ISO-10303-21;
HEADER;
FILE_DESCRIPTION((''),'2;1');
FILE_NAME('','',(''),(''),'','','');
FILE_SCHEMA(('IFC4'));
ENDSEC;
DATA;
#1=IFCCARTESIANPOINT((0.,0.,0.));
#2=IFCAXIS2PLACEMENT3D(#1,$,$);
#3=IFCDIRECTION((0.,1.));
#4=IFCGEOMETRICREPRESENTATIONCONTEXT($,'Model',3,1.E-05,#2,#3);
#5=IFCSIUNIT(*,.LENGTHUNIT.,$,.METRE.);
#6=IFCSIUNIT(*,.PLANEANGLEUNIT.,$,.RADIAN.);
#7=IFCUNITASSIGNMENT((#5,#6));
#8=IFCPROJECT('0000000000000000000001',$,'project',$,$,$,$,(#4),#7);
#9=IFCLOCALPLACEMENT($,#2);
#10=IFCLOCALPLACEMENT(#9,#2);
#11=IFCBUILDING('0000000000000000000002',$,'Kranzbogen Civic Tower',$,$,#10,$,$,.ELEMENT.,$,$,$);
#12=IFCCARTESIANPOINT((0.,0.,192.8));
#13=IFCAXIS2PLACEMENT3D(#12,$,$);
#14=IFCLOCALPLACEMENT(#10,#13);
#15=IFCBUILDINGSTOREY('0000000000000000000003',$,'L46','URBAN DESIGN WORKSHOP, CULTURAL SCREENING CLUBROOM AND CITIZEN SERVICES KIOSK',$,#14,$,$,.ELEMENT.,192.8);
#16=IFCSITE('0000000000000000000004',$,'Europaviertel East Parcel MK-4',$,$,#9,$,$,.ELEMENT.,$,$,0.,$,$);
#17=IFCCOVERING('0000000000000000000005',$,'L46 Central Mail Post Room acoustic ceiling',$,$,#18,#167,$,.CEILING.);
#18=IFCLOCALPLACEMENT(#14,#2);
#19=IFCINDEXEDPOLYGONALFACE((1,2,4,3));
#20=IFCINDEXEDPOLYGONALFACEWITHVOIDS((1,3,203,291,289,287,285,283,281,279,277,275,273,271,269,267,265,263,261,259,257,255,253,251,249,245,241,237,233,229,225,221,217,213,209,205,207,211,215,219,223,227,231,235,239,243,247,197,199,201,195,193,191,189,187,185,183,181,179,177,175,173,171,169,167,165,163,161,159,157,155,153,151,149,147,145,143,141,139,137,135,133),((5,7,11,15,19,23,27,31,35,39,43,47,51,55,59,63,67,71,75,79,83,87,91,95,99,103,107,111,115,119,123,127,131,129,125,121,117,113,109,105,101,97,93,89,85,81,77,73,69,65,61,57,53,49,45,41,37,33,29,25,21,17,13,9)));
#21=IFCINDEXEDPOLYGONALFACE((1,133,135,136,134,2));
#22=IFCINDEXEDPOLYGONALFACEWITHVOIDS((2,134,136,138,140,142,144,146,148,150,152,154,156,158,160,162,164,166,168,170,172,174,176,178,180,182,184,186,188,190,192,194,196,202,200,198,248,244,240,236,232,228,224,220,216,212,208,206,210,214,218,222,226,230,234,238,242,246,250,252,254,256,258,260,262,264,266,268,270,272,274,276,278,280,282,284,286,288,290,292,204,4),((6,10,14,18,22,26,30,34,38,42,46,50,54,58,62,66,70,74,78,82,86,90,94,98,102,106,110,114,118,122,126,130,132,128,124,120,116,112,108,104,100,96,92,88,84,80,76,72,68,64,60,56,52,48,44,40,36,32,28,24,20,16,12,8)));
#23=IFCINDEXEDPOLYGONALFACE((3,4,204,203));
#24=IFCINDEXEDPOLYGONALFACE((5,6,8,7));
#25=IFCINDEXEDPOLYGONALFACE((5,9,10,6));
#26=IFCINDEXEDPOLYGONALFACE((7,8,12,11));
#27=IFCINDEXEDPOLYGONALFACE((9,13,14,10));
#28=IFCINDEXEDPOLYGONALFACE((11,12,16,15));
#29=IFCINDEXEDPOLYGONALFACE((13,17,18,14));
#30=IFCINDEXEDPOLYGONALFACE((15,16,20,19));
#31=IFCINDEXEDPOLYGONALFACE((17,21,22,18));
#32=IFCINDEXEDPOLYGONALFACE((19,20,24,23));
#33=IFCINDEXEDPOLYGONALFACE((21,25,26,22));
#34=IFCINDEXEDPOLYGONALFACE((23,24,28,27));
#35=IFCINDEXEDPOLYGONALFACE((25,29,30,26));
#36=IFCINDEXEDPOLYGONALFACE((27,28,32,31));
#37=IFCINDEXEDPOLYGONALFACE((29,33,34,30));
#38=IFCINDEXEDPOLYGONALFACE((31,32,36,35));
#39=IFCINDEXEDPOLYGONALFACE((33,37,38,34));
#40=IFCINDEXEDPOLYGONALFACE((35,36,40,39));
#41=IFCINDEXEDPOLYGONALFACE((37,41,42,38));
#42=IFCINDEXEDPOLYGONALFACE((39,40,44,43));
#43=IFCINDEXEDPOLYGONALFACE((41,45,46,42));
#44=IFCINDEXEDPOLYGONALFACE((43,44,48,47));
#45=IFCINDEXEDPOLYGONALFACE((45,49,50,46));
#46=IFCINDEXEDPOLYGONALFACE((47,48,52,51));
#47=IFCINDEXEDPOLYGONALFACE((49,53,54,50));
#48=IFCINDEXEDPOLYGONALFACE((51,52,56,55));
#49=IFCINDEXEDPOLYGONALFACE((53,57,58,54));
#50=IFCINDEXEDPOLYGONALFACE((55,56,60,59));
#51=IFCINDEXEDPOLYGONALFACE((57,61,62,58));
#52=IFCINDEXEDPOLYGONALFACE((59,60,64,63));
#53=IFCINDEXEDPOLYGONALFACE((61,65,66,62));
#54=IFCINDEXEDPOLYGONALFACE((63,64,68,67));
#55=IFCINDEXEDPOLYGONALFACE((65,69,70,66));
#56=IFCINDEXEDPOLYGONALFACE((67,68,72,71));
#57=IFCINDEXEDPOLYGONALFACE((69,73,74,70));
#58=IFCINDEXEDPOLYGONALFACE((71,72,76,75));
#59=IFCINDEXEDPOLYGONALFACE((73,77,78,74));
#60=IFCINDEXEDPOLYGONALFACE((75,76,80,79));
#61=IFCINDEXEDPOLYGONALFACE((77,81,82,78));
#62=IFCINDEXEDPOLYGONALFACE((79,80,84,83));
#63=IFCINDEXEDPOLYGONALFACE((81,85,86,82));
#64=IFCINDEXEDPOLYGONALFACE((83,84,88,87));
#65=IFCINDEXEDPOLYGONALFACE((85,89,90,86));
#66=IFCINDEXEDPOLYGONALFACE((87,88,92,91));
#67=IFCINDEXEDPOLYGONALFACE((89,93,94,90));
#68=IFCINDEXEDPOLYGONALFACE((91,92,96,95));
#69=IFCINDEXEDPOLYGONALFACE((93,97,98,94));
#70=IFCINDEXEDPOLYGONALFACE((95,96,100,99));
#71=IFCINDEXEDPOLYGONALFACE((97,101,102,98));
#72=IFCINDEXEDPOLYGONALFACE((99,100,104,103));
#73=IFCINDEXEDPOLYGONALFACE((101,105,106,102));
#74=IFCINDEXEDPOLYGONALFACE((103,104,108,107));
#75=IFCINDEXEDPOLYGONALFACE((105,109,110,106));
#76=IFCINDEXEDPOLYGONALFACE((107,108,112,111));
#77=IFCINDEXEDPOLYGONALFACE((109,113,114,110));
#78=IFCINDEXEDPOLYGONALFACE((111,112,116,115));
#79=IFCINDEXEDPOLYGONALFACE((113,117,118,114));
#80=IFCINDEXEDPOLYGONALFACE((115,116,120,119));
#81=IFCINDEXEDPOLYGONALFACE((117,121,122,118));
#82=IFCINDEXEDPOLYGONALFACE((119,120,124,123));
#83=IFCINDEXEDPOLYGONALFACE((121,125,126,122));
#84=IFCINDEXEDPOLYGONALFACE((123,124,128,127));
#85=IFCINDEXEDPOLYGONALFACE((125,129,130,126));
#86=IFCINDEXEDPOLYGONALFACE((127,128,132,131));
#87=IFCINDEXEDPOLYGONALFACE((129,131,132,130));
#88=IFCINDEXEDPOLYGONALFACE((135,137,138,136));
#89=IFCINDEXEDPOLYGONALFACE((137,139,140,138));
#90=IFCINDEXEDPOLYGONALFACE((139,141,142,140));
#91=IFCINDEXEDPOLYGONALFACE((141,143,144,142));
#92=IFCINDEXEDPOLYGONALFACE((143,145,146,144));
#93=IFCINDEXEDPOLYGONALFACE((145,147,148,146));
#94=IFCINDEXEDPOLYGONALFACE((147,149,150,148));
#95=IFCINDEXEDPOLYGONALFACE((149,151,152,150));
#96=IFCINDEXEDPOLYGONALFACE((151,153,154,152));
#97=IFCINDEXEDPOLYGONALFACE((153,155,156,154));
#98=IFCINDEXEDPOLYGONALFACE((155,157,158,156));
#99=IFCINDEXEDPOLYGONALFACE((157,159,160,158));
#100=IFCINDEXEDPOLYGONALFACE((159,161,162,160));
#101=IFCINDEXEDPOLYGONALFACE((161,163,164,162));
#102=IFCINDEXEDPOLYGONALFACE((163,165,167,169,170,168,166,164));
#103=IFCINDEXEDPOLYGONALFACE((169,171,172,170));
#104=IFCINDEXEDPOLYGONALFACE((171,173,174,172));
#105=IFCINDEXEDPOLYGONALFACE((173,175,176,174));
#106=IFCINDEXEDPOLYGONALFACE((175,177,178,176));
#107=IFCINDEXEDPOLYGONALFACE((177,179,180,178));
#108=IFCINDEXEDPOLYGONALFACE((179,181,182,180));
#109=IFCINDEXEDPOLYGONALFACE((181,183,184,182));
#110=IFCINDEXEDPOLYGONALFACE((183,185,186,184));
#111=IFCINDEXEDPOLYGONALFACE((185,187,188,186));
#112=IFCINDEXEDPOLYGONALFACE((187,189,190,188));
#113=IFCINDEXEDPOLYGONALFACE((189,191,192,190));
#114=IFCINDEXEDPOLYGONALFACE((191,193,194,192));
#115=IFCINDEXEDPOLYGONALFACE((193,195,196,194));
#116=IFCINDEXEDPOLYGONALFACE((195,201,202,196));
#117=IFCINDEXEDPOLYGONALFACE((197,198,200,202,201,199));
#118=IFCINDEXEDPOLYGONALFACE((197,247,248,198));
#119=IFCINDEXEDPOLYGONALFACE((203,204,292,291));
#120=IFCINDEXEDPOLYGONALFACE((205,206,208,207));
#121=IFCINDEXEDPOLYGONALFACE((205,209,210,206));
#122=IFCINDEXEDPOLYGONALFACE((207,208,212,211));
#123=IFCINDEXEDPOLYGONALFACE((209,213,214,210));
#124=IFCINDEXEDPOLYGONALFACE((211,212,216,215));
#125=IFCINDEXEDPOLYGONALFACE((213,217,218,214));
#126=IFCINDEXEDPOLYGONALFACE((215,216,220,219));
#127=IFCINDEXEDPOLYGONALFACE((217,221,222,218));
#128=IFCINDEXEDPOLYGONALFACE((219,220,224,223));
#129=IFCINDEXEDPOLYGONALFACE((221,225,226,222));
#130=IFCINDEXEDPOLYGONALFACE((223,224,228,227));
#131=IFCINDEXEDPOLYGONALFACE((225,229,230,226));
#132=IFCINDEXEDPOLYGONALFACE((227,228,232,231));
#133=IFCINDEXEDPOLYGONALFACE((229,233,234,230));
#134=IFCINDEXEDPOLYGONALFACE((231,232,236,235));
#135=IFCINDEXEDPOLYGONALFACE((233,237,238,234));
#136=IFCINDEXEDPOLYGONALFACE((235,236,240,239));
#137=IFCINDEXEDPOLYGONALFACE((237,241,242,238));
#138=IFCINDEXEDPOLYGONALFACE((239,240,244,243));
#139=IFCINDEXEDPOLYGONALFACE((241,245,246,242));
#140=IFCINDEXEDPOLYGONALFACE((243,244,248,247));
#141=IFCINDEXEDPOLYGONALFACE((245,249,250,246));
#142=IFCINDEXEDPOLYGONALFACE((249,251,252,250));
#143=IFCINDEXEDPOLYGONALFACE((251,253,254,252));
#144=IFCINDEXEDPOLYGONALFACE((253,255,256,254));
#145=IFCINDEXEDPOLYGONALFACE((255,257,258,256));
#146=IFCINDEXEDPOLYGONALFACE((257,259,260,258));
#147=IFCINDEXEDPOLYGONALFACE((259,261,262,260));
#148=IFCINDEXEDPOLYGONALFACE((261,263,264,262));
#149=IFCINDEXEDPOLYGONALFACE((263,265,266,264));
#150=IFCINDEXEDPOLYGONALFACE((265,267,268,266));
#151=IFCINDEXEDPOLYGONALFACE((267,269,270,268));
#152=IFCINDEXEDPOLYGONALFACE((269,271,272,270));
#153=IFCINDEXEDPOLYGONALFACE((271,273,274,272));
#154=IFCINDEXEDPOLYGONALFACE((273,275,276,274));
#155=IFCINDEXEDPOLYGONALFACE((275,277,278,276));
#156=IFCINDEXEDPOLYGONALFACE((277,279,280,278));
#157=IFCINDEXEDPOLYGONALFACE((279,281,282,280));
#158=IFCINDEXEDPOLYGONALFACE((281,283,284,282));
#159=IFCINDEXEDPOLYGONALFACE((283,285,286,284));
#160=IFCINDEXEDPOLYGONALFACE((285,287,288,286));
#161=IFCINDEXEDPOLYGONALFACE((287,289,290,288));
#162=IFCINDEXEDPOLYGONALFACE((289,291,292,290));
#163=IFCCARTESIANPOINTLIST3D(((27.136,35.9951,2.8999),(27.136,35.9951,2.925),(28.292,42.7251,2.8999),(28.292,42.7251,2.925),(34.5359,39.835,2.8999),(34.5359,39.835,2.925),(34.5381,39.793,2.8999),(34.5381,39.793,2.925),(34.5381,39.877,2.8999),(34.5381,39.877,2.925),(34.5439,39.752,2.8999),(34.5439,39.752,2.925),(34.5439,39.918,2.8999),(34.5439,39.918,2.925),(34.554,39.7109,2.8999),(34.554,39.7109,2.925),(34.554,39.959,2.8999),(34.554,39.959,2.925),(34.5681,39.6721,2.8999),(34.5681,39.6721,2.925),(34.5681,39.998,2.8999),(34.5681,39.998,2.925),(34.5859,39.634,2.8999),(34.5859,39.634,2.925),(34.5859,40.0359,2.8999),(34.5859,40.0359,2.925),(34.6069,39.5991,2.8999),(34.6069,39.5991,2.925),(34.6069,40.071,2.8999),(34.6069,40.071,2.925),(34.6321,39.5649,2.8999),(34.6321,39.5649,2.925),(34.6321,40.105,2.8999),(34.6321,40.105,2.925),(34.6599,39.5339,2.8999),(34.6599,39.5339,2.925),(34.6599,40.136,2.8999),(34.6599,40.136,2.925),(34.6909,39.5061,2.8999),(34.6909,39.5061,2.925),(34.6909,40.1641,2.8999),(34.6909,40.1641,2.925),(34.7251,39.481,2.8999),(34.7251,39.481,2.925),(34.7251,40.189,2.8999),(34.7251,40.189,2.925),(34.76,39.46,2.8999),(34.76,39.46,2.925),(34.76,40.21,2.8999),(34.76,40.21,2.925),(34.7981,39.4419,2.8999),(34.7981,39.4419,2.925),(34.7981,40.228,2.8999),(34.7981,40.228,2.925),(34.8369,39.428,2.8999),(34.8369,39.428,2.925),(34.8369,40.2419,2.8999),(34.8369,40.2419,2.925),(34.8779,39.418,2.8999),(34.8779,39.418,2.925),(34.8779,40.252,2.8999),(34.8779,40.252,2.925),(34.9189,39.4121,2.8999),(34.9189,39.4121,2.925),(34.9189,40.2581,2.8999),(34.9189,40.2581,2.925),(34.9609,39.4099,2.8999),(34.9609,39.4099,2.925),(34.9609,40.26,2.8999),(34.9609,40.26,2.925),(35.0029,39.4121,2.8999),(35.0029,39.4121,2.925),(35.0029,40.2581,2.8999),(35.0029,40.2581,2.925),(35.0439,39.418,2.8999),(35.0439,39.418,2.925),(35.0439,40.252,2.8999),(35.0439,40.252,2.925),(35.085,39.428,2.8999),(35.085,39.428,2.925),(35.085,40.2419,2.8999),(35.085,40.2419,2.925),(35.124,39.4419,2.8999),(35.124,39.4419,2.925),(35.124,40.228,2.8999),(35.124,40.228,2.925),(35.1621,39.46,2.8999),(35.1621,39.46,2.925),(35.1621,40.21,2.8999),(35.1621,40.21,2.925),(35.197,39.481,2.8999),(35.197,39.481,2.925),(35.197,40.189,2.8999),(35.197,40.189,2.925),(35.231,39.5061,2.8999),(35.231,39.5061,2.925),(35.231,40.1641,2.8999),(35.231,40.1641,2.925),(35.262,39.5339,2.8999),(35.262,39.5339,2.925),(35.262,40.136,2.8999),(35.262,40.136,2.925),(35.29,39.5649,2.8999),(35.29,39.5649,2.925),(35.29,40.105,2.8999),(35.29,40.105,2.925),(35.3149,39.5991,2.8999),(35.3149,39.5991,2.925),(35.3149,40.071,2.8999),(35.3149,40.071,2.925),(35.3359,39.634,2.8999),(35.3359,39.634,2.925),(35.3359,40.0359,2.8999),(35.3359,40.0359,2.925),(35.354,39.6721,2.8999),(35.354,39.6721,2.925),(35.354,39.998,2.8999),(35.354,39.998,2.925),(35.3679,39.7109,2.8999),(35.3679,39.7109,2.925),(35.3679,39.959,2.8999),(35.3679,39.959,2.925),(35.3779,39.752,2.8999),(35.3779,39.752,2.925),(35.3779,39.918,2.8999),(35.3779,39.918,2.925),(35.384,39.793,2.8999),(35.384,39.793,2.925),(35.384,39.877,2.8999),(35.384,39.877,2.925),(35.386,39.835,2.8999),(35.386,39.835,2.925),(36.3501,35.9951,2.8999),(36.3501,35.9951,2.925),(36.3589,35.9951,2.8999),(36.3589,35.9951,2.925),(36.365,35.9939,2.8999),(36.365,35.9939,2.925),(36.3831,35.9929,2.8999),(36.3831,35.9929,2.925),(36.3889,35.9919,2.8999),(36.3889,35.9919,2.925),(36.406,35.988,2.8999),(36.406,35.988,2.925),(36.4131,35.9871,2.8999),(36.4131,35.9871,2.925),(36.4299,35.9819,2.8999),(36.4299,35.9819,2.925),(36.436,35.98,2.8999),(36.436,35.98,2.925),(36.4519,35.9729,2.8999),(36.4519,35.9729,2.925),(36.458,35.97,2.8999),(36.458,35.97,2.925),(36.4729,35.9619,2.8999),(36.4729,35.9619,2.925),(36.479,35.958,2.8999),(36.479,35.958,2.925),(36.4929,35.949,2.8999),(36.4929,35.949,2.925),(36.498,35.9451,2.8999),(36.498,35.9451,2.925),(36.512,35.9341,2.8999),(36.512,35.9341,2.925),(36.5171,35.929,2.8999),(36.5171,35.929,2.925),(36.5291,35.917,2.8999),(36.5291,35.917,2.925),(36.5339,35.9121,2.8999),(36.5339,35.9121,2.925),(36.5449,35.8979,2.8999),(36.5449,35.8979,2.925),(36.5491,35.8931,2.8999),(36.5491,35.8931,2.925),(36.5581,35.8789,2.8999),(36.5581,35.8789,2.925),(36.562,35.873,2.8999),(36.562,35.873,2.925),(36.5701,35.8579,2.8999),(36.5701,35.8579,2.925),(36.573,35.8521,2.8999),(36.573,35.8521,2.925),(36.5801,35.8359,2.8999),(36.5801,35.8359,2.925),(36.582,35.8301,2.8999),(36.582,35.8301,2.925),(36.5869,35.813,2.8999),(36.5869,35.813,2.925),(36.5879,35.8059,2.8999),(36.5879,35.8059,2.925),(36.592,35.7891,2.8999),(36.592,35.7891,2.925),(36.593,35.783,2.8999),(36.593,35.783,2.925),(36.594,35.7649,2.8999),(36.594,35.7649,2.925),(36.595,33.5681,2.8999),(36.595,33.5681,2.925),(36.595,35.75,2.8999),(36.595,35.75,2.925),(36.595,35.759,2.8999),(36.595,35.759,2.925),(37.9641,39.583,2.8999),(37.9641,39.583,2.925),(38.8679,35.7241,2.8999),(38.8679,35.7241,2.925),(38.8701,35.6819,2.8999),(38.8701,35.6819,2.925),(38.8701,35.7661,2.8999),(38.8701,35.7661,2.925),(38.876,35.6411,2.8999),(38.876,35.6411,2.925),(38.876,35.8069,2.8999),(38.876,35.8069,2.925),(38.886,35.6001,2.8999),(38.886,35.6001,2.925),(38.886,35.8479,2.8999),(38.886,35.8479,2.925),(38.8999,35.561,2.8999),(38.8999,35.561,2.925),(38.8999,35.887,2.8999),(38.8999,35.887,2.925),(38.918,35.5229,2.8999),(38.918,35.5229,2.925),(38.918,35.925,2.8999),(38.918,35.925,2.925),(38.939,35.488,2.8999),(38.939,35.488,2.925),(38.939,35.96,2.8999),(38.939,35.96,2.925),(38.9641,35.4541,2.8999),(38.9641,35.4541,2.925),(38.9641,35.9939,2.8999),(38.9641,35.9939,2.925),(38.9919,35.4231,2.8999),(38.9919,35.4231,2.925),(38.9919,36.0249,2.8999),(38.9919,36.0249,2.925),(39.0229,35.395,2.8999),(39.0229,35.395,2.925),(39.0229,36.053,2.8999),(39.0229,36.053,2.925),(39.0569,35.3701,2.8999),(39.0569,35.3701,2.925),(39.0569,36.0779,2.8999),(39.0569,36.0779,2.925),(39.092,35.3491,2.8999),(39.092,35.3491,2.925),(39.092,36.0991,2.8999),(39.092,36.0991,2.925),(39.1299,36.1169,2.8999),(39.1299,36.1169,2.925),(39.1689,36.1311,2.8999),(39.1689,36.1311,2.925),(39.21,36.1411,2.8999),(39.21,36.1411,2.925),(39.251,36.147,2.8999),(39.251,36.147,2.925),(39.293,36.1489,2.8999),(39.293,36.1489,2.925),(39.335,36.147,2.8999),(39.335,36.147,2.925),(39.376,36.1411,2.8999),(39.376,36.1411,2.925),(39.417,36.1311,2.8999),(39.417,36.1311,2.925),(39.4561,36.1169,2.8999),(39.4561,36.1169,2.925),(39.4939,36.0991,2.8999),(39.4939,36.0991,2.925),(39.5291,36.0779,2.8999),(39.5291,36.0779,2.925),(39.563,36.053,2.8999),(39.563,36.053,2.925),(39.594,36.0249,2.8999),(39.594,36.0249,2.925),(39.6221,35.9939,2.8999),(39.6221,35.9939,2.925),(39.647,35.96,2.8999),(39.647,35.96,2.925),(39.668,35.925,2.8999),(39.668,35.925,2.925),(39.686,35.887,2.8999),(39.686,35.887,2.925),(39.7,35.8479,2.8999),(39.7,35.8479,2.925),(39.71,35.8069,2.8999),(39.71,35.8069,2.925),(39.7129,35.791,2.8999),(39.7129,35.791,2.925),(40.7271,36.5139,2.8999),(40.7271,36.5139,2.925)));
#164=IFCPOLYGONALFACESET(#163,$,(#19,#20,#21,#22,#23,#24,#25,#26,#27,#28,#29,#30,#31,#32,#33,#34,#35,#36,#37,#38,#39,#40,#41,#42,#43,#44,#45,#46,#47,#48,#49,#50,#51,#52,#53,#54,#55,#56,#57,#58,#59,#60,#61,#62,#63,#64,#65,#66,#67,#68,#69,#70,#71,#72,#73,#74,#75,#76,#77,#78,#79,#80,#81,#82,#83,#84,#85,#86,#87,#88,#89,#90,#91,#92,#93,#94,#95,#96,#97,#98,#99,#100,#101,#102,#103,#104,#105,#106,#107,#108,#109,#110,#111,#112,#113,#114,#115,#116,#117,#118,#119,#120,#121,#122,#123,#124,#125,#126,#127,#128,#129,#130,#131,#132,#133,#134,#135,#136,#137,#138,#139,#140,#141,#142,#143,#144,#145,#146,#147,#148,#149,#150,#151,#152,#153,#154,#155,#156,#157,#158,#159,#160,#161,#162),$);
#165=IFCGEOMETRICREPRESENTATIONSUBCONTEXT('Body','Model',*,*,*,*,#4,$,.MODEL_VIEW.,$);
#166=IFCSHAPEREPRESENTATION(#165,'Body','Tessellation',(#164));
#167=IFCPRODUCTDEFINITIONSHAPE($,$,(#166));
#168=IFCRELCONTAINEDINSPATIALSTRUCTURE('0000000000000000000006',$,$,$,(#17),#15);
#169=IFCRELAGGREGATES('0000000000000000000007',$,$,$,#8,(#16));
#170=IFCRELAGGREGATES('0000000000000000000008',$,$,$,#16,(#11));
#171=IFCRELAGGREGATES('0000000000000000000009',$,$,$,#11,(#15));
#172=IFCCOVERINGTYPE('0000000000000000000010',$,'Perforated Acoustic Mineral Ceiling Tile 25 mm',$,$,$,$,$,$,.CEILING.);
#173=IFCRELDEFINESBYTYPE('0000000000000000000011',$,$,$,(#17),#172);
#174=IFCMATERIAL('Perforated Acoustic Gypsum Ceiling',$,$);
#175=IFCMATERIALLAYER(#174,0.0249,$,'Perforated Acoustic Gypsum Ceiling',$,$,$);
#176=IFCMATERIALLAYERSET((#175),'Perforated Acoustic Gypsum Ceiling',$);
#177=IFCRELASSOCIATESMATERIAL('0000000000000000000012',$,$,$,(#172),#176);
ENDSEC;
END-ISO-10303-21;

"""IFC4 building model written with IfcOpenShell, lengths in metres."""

from ifc_helpers import new_model, si_unit, direction, frame, origin, place, context, subcontext, project, spatial, polyline, outline, extrude, material, layer, layer_set, type_object, element, save


model = new_model("IFC4")

# Units and contexts
model_context = context("Model", 3, precision=1e-05, world=origin(), true_north=direction((0.0, 1.0)))
body_context = subcontext(model_context, "Body", "Model", "MODEL_VIEW")
ifc_project = project(units=[si_unit("LENGTHUNIT", "METRE"), si_unit("PLANEANGLEUNIT", "RADIAN")], contexts=[model_context])

# Site, building, storey
site_placement = place(None, origin())
site = spatial("IfcSite", under=ifc_project, at=site_placement, Name="Europaviertel East Parcel MK-4", CompositionType="ELEMENT", RefElevation=0.0)
building_placement = place(site_placement, origin())
building = spatial("IfcBuilding", under=site, at=building_placement, Name="Kranzbogen Civic Tower", CompositionType="ELEMENT")
storey_placement = place(building_placement, frame((0.0, 0.0, 192.8)))
storey = spatial("IfcBuildingStorey", under=building, at=storey_placement, Name="L46", Description="URBAN DESIGN WORKSHOP, CULTURAL SCREENING CLUBROOM AND CITIZEN SERVICES KIOSK", CompositionType="ELEMENT", Elevation=192.8)

# Covering
ifc_material_1 = material(Name="Perforated Acoustic Gypsum Ceiling")
ifc_layer_1 = layer(ifc_material_1, 0.0249, Name="Perforated Acoustic Gypsum Ceiling")
ifc_layer_set_1 = layer_set([ifc_layer_1], Name="Perforated Acoustic Gypsum Ceiling")
covering_type = type_object("IfcCoveringType", Name="Perforated Acoustic Mineral Ceiling Tile 25 mm", PredefinedType="CEILING", material=ifc_layer_set_1)
covering_1_placement = place(storey_placement, frame((0.0, 0.0, 2.8999)))
element("IfcCovering", 1, at=covering_1_placement, inside=storey, type_object=covering_type, Name="L46 Central Mail Post Room acoustic ceiling", PredefinedType="CEILING", context=body_context, shape_type="SweptSolid", body=[
    extrude(outline(polyline([(40.7271, 36.5139), (39.7129, 35.791), (39.71, 35.8069), (39.7, 35.8479), (39.686, 35.887), (39.668, 35.925), (39.647, 35.96), (39.6221, 35.9939), (39.594, 36.0249), (39.563, 36.053), (39.5291, 36.0779), (39.4939, 36.0991), (39.4561, 36.1169), (39.417, 36.1311), (39.376, 36.1411), (39.335, 36.147), (39.293, 36.1489), (39.251, 36.147), (39.21, 36.1411), (39.1689, 36.1311), (39.1299, 36.1169), (39.092, 36.0991), (39.0569, 36.0779), (39.0229, 36.053), (38.9919, 36.0249), (38.9641, 35.9939), (38.939, 35.96), (38.918, 35.925), (38.8999, 35.887), (38.886, 35.8479), (38.876, 35.8069), (38.8701, 35.7661), (38.8679, 35.7241), (38.8701, 35.6819), (38.876, 35.6411), (38.886, 35.6001), (38.8999, 35.561), (38.918, 35.5229), (38.939, 35.488), (38.9641, 35.4541), (38.9919, 35.4231), (39.0229, 35.395), (39.0569, 35.3701), (39.092, 35.3491), (36.595, 33.5681), (36.595, 35.75), (36.595, 35.759), (36.594, 35.7649), (36.593, 35.783), (36.592, 35.7891), (36.5879, 35.8059), (36.5869, 35.813), (36.582, 35.8301), (36.5801, 35.8359), (36.573, 35.8521), (36.5701, 35.8579), (36.562, 35.873), (36.5581, 35.8789), (36.5491, 35.8931), (36.5449, 35.8979), (36.5339, 35.9121), (36.5291, 35.917), (36.5171, 35.929), (36.512, 35.9341), (36.498, 35.9451), (36.4929, 35.949), (36.479, 35.958), (36.4729, 35.9619), (36.458, 35.97), (36.4519, 35.9729), (36.436, 35.98), (36.4299, 35.9819), (36.4131, 35.9871), (36.406, 35.988), (36.3889, 35.9919), (36.3831, 35.9929), (36.365, 35.9939), (36.3589, 35.9951), (36.3501, 35.9951), (27.136, 35.9951), (28.292, 42.7251), (37.9641, 39.583), (40.7271, 36.5139)]), holes=[polyline([(35.354, 39.6721), (35.3359, 39.634), (35.3149, 39.5991), (35.29, 39.5649), (35.262, 39.5339), (35.231, 39.5061), (35.197, 39.481), (35.1621, 39.46), (35.124, 39.4419), (35.085, 39.428), (35.0439, 39.418), (35.0029, 39.4121), (34.9609, 39.4099), (34.9189, 39.4121), (34.8779, 39.418), (34.8369, 39.428), (34.7981, 39.4419), (34.76, 39.46), (34.7251, 39.481), (34.6909, 39.5061), (34.6599, 39.5339), (34.6321, 39.5649), (34.6069, 39.5991), (34.5859, 39.634), (34.5681, 39.6721), (34.554, 39.7109), (34.5439, 39.752), (34.5381, 39.793), (34.5359, 39.835), (34.5381, 39.877), (34.5439, 39.918), (34.554, 39.959), (34.5681, 39.998), (34.5859, 40.0359), (34.6069, 40.071), (34.6321, 40.105), (34.6599, 40.136), (34.6909, 40.1641), (34.7251, 40.189), (34.76, 40.21), (34.7981, 40.228), (34.8369, 40.2419), (34.8779, 40.252), (34.9189, 40.2581), (34.9609, 40.26), (35.0029, 40.2581), (35.0439, 40.252), (35.085, 40.2419), (35.124, 40.228), (35.1621, 40.21), (35.197, 40.189), (35.231, 40.1641), (35.262, 40.136), (35.29, 40.105), (35.3149, 40.071), (35.3359, 40.0359), (35.354, 39.998), (35.3679, 39.959), (35.3779, 39.918), (35.384, 39.877), (35.386, 39.835), (35.384, 39.793), (35.3779, 39.752), (35.3679, 39.7109), (35.354, 39.6721)])]), origin(), (0.0, 0.0, 1.0), 0.0251),
])

save(model, "model.ifc")
